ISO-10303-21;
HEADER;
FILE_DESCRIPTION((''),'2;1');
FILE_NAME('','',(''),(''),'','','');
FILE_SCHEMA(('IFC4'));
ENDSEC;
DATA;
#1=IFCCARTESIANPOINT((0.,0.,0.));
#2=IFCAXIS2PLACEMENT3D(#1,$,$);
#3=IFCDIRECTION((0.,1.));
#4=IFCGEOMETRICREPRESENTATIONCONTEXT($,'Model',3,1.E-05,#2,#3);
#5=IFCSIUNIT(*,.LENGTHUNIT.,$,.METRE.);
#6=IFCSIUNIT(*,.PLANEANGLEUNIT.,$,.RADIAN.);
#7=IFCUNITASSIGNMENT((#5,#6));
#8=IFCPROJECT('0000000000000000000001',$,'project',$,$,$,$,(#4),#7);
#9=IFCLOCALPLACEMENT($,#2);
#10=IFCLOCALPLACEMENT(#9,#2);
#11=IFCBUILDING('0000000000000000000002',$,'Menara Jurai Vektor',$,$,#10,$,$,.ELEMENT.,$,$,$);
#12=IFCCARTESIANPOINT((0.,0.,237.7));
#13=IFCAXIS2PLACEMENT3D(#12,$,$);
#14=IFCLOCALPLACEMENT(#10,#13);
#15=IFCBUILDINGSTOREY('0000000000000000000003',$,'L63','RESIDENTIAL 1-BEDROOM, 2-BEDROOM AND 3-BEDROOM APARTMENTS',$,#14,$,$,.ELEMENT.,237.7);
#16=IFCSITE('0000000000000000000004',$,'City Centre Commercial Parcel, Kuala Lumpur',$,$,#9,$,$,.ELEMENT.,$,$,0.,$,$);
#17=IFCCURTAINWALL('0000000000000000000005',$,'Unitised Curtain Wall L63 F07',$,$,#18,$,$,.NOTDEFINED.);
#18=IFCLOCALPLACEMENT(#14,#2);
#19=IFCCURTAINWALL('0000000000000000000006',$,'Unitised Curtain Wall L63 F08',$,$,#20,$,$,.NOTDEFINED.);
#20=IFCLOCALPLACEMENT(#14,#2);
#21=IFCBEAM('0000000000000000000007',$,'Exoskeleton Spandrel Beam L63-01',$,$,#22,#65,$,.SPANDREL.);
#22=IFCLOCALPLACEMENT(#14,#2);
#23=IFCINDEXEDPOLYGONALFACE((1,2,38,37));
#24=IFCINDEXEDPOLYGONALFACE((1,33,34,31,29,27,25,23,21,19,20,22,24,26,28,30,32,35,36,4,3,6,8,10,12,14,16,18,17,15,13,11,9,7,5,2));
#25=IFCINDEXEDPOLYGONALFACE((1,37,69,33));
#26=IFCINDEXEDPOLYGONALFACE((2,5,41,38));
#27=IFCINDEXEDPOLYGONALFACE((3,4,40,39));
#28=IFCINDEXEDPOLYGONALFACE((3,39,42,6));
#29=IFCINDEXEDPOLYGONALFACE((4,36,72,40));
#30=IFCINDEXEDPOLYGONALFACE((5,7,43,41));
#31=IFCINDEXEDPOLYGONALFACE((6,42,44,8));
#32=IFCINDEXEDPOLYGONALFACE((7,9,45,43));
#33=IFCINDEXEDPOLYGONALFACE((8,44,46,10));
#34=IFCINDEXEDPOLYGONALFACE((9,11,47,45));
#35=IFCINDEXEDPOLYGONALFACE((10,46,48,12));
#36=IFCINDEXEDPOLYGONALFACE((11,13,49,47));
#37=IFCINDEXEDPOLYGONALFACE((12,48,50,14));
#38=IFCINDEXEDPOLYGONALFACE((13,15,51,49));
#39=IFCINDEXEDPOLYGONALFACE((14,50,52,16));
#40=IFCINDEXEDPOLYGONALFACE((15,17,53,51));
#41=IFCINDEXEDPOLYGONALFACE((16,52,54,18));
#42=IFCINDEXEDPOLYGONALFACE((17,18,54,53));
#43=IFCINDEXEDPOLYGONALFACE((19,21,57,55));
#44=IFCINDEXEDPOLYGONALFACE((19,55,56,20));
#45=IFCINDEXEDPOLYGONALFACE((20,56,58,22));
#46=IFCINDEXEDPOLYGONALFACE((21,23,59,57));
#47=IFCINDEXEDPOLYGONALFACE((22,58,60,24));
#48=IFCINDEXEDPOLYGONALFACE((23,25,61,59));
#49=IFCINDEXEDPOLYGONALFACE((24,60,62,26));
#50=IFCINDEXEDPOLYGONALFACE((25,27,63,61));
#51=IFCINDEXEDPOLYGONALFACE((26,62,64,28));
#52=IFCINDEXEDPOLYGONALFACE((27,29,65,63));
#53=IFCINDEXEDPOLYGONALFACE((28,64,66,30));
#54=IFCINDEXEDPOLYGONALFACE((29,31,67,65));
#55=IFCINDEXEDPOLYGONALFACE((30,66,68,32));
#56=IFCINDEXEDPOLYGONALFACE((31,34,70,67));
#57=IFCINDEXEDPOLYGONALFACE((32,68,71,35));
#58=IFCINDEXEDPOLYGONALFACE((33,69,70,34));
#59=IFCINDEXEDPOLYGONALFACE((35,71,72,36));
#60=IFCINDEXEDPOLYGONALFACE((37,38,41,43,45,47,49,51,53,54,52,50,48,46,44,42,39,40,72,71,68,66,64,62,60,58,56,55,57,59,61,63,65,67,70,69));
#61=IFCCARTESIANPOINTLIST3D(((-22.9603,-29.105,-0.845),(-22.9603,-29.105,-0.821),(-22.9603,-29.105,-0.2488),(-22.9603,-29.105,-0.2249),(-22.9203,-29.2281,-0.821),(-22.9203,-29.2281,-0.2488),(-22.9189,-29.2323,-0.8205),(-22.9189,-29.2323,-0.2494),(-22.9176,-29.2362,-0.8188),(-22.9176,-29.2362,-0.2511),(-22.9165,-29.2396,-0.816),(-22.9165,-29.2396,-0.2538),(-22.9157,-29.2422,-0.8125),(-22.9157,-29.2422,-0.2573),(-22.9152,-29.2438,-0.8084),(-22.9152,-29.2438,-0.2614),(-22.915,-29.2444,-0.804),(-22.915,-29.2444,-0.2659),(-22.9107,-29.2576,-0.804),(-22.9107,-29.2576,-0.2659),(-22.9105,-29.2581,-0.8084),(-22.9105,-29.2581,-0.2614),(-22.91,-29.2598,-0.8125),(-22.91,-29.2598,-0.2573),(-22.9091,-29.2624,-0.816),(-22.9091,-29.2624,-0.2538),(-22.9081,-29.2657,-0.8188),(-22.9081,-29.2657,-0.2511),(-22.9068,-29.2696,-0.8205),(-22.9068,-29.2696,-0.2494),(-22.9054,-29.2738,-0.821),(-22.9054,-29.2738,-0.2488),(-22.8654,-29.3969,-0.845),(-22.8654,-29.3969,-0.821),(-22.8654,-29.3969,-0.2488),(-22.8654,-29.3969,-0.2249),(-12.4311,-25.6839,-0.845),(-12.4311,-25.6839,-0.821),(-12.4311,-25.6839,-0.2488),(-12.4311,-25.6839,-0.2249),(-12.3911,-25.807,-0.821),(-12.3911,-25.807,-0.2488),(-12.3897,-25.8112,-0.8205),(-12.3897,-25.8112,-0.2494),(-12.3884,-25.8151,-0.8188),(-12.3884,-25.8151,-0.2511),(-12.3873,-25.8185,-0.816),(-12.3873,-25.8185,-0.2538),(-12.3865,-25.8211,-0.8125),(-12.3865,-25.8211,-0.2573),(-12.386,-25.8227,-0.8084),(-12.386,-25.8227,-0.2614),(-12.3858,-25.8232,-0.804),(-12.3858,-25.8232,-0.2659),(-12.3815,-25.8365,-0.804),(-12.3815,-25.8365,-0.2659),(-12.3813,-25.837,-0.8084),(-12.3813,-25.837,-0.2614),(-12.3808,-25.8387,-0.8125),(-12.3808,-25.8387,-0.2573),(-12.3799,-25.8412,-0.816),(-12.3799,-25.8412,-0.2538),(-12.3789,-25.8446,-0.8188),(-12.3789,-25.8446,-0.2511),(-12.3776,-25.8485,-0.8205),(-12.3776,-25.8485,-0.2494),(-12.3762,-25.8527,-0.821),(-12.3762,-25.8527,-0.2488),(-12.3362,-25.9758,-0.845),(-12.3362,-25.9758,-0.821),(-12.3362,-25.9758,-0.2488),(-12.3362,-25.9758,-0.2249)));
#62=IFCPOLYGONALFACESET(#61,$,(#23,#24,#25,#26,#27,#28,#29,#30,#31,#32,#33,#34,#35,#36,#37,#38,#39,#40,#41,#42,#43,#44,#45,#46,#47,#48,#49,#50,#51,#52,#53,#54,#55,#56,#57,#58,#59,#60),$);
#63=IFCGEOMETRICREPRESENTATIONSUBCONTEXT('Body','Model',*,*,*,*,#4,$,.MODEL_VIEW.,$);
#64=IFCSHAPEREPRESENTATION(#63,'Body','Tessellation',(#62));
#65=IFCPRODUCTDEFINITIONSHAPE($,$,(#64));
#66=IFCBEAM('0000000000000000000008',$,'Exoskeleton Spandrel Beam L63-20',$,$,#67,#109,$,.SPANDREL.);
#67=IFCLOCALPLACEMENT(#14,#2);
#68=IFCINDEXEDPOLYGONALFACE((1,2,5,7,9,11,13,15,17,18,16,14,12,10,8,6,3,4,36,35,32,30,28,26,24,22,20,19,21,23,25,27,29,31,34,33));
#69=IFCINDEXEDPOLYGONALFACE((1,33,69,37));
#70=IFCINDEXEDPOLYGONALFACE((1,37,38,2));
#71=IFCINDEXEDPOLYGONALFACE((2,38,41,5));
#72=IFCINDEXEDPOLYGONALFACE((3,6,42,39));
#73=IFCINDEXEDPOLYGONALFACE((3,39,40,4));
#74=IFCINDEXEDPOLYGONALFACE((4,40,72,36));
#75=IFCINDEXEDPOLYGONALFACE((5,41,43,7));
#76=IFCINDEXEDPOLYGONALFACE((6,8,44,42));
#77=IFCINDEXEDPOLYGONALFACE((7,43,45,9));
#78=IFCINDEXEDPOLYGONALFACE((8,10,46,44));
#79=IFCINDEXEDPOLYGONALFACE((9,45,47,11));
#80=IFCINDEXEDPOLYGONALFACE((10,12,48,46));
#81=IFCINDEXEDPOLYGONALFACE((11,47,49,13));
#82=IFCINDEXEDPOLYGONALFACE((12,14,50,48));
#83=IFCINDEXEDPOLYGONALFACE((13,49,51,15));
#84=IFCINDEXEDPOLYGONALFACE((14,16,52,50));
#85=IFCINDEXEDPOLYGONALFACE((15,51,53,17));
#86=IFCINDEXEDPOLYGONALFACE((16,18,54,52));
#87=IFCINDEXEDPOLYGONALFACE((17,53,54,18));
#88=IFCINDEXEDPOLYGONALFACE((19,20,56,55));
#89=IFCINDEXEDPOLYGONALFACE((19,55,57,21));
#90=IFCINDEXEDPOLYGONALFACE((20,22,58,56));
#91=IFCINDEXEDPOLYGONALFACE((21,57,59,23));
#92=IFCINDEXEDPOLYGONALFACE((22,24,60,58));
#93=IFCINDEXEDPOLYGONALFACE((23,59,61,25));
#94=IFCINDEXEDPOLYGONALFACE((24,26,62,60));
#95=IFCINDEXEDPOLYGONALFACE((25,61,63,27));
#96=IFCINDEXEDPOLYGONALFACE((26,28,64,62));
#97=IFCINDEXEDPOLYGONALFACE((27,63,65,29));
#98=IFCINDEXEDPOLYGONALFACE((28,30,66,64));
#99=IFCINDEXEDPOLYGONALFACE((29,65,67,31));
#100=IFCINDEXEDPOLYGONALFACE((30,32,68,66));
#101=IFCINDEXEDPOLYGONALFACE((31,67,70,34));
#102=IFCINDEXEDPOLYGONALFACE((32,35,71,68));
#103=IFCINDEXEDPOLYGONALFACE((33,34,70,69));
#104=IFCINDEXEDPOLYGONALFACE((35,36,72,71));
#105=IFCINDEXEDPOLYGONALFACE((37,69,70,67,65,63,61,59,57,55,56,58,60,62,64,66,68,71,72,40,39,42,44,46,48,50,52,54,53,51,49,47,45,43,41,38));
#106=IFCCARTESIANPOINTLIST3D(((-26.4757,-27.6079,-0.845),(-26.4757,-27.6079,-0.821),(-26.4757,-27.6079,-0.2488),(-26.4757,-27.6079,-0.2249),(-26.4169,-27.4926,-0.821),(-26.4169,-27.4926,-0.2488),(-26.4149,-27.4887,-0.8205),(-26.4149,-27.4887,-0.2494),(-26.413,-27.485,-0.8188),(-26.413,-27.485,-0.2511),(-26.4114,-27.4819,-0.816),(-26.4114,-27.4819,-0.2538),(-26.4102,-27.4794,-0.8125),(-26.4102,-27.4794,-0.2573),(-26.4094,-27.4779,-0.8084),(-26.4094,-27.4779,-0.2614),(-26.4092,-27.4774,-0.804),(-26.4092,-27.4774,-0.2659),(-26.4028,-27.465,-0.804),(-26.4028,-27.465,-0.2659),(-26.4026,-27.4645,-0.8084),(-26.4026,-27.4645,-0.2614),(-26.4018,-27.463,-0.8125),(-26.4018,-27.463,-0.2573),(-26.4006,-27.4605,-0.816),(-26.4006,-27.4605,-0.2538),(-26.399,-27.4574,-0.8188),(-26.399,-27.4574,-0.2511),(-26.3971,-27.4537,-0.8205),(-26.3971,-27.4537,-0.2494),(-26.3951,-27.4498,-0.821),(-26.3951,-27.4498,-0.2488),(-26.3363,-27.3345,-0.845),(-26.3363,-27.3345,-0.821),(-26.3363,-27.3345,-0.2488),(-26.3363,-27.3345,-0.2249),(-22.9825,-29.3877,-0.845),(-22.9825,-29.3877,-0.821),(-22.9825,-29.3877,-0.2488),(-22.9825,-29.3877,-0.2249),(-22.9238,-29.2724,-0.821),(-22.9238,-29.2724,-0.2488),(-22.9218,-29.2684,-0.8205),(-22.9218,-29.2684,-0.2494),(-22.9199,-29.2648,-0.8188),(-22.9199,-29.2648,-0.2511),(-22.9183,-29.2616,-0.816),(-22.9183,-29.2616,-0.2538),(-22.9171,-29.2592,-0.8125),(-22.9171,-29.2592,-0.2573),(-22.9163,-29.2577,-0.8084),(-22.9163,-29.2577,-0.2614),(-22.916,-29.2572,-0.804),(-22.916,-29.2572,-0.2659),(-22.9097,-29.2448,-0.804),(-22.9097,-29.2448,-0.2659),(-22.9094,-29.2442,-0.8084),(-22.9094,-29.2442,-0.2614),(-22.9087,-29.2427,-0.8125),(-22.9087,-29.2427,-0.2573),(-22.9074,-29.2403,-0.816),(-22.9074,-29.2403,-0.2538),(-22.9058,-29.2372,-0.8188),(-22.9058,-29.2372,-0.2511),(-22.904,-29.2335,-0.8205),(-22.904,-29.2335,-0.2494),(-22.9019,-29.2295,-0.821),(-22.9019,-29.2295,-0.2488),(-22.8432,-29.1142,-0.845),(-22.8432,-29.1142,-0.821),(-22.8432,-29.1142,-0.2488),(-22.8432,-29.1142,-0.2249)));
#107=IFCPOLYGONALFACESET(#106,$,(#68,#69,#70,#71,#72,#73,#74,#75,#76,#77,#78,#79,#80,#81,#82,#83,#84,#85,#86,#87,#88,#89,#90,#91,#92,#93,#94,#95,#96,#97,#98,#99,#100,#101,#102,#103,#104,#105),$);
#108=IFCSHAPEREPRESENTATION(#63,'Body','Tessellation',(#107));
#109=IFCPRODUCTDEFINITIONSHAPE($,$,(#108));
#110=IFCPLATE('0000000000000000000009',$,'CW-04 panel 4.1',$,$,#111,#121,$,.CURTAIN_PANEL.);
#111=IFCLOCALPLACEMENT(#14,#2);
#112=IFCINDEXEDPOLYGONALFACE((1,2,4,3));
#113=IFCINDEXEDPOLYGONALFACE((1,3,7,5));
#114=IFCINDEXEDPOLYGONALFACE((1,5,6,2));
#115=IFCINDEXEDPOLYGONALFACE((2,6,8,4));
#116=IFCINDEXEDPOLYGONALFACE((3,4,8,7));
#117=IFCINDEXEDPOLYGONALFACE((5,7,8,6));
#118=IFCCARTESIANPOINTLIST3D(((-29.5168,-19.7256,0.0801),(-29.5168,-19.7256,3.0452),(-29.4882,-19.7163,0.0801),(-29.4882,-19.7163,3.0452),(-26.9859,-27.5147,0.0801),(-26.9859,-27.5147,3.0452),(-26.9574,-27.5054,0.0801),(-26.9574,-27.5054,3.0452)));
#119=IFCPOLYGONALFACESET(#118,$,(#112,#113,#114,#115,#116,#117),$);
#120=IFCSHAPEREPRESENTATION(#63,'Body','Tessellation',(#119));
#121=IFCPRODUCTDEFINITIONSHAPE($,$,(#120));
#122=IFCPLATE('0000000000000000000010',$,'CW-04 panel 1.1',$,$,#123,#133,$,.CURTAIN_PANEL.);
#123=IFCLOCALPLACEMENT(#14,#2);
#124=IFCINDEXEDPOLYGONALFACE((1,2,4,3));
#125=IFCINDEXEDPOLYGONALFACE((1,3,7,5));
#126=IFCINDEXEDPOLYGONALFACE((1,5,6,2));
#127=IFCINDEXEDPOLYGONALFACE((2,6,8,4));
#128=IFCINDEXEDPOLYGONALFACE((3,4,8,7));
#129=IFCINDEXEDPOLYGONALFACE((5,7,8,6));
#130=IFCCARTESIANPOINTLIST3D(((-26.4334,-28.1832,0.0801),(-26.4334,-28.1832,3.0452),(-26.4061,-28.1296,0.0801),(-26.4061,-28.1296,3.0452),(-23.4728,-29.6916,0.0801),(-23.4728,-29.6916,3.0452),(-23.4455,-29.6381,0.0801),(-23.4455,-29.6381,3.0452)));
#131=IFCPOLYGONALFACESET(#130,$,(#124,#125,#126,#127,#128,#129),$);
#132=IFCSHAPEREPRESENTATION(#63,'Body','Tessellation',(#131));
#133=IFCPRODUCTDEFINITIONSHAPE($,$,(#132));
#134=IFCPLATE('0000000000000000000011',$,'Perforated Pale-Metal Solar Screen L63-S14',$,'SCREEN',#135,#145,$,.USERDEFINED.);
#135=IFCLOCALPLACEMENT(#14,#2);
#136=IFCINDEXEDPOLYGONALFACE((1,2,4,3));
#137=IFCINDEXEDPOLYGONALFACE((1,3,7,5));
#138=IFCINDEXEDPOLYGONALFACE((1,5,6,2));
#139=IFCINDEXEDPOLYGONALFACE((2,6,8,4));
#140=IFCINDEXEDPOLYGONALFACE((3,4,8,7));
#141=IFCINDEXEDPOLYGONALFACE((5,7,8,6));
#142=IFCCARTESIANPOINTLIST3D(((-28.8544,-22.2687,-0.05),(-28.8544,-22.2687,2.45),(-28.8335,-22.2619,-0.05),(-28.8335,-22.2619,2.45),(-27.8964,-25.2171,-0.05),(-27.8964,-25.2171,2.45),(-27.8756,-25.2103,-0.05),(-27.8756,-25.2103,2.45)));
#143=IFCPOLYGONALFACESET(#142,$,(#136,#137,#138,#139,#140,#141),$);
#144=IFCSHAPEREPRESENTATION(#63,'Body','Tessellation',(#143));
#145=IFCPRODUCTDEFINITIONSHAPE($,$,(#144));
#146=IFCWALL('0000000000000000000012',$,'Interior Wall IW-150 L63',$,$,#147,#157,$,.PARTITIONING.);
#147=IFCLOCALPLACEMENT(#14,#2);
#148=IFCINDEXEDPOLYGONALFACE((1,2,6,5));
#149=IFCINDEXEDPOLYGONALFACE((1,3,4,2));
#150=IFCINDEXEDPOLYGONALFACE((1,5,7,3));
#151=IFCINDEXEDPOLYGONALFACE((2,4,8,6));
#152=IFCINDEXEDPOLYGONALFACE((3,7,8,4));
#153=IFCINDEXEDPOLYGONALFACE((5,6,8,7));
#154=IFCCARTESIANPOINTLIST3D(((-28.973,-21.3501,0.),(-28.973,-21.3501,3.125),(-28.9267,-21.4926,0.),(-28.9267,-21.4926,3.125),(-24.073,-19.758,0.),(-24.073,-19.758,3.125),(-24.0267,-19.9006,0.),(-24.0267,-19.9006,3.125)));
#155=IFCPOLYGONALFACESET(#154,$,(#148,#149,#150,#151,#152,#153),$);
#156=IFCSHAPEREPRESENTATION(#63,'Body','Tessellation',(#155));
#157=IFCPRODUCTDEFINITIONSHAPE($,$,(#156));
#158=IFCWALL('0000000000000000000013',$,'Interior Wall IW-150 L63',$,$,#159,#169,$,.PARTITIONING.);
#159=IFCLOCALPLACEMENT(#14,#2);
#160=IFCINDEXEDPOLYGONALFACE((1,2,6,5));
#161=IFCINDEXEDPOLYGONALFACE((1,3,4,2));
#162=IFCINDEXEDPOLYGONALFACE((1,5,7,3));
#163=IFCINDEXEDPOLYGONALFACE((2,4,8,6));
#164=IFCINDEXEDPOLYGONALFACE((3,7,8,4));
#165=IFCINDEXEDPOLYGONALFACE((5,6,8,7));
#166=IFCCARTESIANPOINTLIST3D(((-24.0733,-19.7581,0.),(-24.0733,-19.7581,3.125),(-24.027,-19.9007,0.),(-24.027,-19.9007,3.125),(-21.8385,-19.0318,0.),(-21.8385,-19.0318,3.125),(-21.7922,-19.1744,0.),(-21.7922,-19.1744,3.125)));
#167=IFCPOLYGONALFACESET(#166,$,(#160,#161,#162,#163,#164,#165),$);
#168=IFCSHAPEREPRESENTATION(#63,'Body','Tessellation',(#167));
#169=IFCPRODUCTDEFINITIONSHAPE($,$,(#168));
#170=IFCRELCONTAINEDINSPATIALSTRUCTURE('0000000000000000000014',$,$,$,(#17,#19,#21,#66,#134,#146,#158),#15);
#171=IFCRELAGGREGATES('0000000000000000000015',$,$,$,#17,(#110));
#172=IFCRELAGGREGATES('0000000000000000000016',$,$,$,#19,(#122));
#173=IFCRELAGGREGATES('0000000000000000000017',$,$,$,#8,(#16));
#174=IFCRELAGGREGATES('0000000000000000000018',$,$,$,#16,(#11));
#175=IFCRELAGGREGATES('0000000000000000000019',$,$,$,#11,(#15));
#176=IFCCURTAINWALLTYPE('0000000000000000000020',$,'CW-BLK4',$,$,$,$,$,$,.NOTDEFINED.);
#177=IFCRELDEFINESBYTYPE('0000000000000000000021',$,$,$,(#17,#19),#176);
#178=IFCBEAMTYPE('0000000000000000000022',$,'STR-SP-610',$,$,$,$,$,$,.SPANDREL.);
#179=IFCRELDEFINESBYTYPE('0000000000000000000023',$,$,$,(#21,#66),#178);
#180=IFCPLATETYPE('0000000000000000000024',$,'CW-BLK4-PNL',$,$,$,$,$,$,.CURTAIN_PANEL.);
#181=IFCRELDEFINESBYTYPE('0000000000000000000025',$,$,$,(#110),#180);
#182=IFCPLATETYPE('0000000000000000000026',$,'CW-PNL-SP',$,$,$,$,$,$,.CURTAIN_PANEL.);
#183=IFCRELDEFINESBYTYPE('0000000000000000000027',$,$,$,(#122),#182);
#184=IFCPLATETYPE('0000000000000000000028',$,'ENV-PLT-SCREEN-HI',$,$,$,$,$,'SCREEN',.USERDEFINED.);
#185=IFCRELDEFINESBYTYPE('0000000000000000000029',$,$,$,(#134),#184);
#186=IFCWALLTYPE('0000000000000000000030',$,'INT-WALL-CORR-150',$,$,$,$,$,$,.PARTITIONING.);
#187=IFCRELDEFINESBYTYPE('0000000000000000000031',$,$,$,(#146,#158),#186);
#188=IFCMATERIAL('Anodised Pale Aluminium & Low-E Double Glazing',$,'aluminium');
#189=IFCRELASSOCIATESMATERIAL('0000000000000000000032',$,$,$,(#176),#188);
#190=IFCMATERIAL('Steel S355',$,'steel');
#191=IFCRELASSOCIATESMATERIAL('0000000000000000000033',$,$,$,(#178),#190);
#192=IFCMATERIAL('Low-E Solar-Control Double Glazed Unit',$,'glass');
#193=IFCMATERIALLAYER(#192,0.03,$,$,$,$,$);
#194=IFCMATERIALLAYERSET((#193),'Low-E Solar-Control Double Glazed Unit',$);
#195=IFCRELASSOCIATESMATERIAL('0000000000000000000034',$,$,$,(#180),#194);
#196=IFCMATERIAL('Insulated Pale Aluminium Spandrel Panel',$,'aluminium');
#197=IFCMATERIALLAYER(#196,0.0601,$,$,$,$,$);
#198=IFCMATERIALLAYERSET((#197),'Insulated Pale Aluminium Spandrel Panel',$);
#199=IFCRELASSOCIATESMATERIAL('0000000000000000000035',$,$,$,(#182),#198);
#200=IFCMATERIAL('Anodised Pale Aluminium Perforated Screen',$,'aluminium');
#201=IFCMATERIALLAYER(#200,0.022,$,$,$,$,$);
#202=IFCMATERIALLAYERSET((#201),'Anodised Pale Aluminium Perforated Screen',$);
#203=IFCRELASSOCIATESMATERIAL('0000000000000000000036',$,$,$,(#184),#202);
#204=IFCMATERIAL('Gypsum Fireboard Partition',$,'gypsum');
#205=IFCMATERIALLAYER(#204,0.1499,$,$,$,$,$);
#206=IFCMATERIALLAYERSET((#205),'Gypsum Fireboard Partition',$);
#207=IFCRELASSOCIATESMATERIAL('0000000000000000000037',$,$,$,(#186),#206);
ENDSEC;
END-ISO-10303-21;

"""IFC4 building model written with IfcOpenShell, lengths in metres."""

from ifc_helpers import new_model, si_unit, direction, frame, frame_2d, origin, origin_2d, place, context, subcontext, project, spatial, rectangle, i_section, extrude, material, layer, layer_set, material_profile, profile_set, type_object, element, aggregate, save


model = new_model("IFC4")

# Units and contexts
model_context = context("Model", 3, precision=1e-05, world=origin(), true_north=direction((0.0, 1.0)))
body_context = subcontext(model_context, "Body", "Model", "MODEL_VIEW")
ifc_project = project(units=[si_unit("LENGTHUNIT", "METRE"), si_unit("PLANEANGLEUNIT", "RADIAN")], contexts=[model_context])

# Site, building, storey
site_placement = place(None, origin())
site = spatial("IfcSite", under=ifc_project, at=site_placement, Name="City Centre Commercial Parcel, Kuala Lumpur", CompositionType="ELEMENT", RefElevation=0.0)
building_placement = place(site_placement, origin())
building = spatial("IfcBuilding", under=site, at=building_placement, Name="Menara Jurai Vektor", CompositionType="ELEMENT")
storey_placement = place(building_placement, frame((0.0, 0.0, 237.7)))
storey = spatial("IfcBuildingStorey", under=building, at=storey_placement, Name="L63", Description="RESIDENTIAL 1-BEDROOM, 2-BEDROOM AND 3-BEDROOM APARTMENTS", CompositionType="ELEMENT", Elevation=237.7)

# Curtain wall
ifc_material_1 = material(Name="Anodised Pale Aluminium & Low-E Double Glazing", Category="aluminium")
curtain_wall_type = type_object("IfcCurtainWallType", Name="CW-BLK4", PredefinedType="NOTDEFINED", material=ifc_material_1)
curtain_wall_1_placement = place(storey_placement, origin())
curtain_wall_1 = element("IfcCurtainWall", 1, at=curtain_wall_1_placement, inside=storey, type_object=curtain_wall_type, Name="Unitised Curtain Wall L63 F07", PredefinedType="NOTDEFINED")

# Curtain wall
curtain_wall_2_placement = place(storey_placement, origin())
curtain_wall_2 = element("IfcCurtainWall", 2, at=curtain_wall_2_placement, inside=storey, type_object=curtain_wall_type, Name="Unitised Curtain Wall L63 F08", PredefinedType="NOTDEFINED")

# Shared definitions
ifc_material_2 = material(Name="Steel S355", Category="steel")

# Beams
ifc_material_profile_1 = material_profile(ifc_material_2, i_section(OverallWidth=0.3069, OverallDepth=0.6201, WebThickness=0.0139, FlangeThickness=0.0239, FilletRadius=0.0171, at=origin_2d()), Name="UKB 610x305x179")
ifc_profile_set_1 = profile_set([ifc_material_profile_1], Name="Steel S355")
beam_type_1 = type_object("IfcBeamType", Name="STR-SP-610", PredefinedType="SPANDREL", material=ifc_profile_set_1)
beam_1_placement = place(storey_placement, frame((-22.9128, -29.251, -0.5349), z_axis=(0.951057, 0.309014, 0.0), x_axis=(-0.309014, 0.951057, 0.0)))
element("IfcBeam", 3, at=beam_1_placement, inside=storey, type_object=beam_type_1, Name="Exoskeleton Spandrel Beam L63-01", PredefinedType="SPANDREL", context=body_context, shape_type="SweptSolid", body=[
    extrude(i_section(OverallWidth=0.3069, OverallDepth=0.6201, WebThickness=0.0139, FlangeThickness=0.0239, FilletRadius=0.0171, at=origin_2d()), origin(), (0.0, 0.0, 1.0), 11.071),
])
beam_2_placement = place(storey_placement, frame((-26.406, -27.4712, -0.5349), z_axis=(0.891014, -0.453976, 0.0), x_axis=(0.453976, 0.891014, 0.0)))
element("IfcBeam", 4, at=beam_2_placement, inside=storey, type_object=beam_type_1, Name="Exoskeleton Spandrel Beam L63-20", PredefinedType="SPANDREL", context=body_context, shape_type="SweptSolid", body=[
    extrude(i_section(OverallWidth=0.3069, OverallDepth=0.6201, WebThickness=0.0139, FlangeThickness=0.0239, FilletRadius=0.0171, at=origin_2d()), origin(), (0.0, 0.0, 1.0), 3.9204),
])

# Plates
ifc_material_3 = material(Name="Low-E Solar-Control Double Glazed Unit", Category="glass")
ifc_layer_1 = layer(ifc_material_3, 0.03)
ifc_layer_set_1 = layer_set([ifc_layer_1], Name="Low-E Solar-Control Double Glazed Unit")
plate_type_1 = type_object("IfcPlateType", Name="CW-BLK4-PNL", PredefinedType="CURTAIN_PANEL", material=ifc_layer_set_1)
plate_1_placement = place(storey_placement, frame((-28.2371, -23.6155, 0.0801), z_axis=(0.0, 0.0, 1.0), x_axis=(0.309016, -0.951057, 0.0)))
plate_1 = element("IfcPlate", 5, at=plate_1_placement, type_object=plate_type_1, Name="CW-04 panel 4.1", PredefinedType="CURTAIN_PANEL", context=body_context, shape_type="SweptSolid", body=[
    extrude(rectangle(XDim=8.1899, YDim=0.03, at=origin_2d()), origin(), (0.0, 0.0, 1.0), 2.9651),
])
aggregate(curtain_wall_1, [plate_1])
ifc_material_4 = material(Name="Insulated Pale Aluminium Spandrel Panel", Category="aluminium")
ifc_layer_2 = layer(ifc_material_4, 0.0601)
ifc_layer_set_2 = layer_set([ifc_layer_2], Name="Insulated Pale Aluminium Spandrel Panel")
plate_type_2 = type_object("IfcPlateType", Name="CW-PNL-SP", PredefinedType="CURTAIN_PANEL", material=ifc_layer_set_2)
plate_2_placement = place(storey_placement, frame((-24.9395, -28.9106, 0.0801), z_axis=(0.0, 0.0, 1.0), x_axis=(0.891008, -0.453989, 0.0)))
plate_2 = element("IfcPlate", 6, at=plate_2_placement, type_object=plate_type_2, Name="CW-04 panel 1.1", PredefinedType="CURTAIN_PANEL", context=body_context, shape_type="SweptSolid", body=[
    extrude(rectangle(XDim=3.3228, YDim=0.0601, at=origin_2d()), origin(), (0.0, 0.0, 1.0), 2.9651),
])
aggregate(curtain_wall_2, [plate_2])
ifc_material_5 = material(Name="Anodised Pale Aluminium Perforated Screen", Category="aluminium")
ifc_layer_3 = layer(ifc_material_5, 0.022)
ifc_layer_set_3 = layer_set([ifc_layer_3], Name="Anodised Pale Aluminium Perforated Screen")
plate_type_3 = type_object("IfcPlateType", Name="ENV-PLT-SCREEN-HI", ElementType="SCREEN", PredefinedType="USERDEFINED", material=ifc_layer_set_3)
plate_3_placement = place(storey_placement, frame((-28.365, -23.7395, -0.05), z_axis=(0.0, 0.0, 1.0), x_axis=(0.309017, -0.951057, 0.0)))
element("IfcPlate", 7, at=plate_3_placement, inside=storey, type_object=plate_type_3, Name="Perforated Pale-Metal Solar Screen L63-S14", ObjectType="SCREEN", PredefinedType="USERDEFINED", context=body_context, shape_type="SweptSolid", body=[
    extrude(rectangle(XDim=3.1001, YDim=0.022, at=origin_2d()), origin(), (0.0, 0.0, 1.0), 2.5),
])

# Walls
ifc_material_6 = material(Name="Gypsum Fireboard Partition", Category="gypsum")
ifc_layer_4 = layer(ifc_material_6, 0.1499)
ifc_layer_set_4 = layer_set([ifc_layer_4], Name="Gypsum Fireboard Partition")
wall_type_1 = type_object("IfcWallType", Name="INT-WALL-CORR-150", PredefinedType="PARTITIONING", material=ifc_layer_set_4)
wall_1_placement = place(storey_placement, frame((-28.95, -21.4214, 0.0), z_axis=(0.0, 0.0, 1.0), x_axis=(0.951058, 0.309011, 0.0)))
element("IfcWall", 8, at=wall_1_placement, inside=storey, type_object=wall_type_1, Name="Interior Wall IW-150 L63", PredefinedType="PARTITIONING", context=body_context, shape_type="SweptSolid", body=[
    extrude(rectangle(XDim=5.1521, YDim=0.1499, at=frame_2d((2.5762, 0.0))), origin(), (0.0, 0.0, 1.0), 3.125),
])
wall_2_placement = place(storey_placement, frame((-24.05, -19.8293, 0.0), z_axis=(0.0, 0.0, 1.0), x_axis=(0.951036, 0.309081, 0.0)))
element("IfcWall", 9, at=wall_2_placement, inside=storey, type_object=wall_type_1, Name="Interior Wall IW-150 L63", PredefinedType="PARTITIONING", context=body_context, shape_type="SweptSolid", body=[
    extrude(rectangle(XDim=2.3499, YDim=0.1499, at=frame_2d((1.1748, 0.0))), origin(), (0.0, 0.0, 1.0), 3.125),
])

save(model, "model.ifc")
